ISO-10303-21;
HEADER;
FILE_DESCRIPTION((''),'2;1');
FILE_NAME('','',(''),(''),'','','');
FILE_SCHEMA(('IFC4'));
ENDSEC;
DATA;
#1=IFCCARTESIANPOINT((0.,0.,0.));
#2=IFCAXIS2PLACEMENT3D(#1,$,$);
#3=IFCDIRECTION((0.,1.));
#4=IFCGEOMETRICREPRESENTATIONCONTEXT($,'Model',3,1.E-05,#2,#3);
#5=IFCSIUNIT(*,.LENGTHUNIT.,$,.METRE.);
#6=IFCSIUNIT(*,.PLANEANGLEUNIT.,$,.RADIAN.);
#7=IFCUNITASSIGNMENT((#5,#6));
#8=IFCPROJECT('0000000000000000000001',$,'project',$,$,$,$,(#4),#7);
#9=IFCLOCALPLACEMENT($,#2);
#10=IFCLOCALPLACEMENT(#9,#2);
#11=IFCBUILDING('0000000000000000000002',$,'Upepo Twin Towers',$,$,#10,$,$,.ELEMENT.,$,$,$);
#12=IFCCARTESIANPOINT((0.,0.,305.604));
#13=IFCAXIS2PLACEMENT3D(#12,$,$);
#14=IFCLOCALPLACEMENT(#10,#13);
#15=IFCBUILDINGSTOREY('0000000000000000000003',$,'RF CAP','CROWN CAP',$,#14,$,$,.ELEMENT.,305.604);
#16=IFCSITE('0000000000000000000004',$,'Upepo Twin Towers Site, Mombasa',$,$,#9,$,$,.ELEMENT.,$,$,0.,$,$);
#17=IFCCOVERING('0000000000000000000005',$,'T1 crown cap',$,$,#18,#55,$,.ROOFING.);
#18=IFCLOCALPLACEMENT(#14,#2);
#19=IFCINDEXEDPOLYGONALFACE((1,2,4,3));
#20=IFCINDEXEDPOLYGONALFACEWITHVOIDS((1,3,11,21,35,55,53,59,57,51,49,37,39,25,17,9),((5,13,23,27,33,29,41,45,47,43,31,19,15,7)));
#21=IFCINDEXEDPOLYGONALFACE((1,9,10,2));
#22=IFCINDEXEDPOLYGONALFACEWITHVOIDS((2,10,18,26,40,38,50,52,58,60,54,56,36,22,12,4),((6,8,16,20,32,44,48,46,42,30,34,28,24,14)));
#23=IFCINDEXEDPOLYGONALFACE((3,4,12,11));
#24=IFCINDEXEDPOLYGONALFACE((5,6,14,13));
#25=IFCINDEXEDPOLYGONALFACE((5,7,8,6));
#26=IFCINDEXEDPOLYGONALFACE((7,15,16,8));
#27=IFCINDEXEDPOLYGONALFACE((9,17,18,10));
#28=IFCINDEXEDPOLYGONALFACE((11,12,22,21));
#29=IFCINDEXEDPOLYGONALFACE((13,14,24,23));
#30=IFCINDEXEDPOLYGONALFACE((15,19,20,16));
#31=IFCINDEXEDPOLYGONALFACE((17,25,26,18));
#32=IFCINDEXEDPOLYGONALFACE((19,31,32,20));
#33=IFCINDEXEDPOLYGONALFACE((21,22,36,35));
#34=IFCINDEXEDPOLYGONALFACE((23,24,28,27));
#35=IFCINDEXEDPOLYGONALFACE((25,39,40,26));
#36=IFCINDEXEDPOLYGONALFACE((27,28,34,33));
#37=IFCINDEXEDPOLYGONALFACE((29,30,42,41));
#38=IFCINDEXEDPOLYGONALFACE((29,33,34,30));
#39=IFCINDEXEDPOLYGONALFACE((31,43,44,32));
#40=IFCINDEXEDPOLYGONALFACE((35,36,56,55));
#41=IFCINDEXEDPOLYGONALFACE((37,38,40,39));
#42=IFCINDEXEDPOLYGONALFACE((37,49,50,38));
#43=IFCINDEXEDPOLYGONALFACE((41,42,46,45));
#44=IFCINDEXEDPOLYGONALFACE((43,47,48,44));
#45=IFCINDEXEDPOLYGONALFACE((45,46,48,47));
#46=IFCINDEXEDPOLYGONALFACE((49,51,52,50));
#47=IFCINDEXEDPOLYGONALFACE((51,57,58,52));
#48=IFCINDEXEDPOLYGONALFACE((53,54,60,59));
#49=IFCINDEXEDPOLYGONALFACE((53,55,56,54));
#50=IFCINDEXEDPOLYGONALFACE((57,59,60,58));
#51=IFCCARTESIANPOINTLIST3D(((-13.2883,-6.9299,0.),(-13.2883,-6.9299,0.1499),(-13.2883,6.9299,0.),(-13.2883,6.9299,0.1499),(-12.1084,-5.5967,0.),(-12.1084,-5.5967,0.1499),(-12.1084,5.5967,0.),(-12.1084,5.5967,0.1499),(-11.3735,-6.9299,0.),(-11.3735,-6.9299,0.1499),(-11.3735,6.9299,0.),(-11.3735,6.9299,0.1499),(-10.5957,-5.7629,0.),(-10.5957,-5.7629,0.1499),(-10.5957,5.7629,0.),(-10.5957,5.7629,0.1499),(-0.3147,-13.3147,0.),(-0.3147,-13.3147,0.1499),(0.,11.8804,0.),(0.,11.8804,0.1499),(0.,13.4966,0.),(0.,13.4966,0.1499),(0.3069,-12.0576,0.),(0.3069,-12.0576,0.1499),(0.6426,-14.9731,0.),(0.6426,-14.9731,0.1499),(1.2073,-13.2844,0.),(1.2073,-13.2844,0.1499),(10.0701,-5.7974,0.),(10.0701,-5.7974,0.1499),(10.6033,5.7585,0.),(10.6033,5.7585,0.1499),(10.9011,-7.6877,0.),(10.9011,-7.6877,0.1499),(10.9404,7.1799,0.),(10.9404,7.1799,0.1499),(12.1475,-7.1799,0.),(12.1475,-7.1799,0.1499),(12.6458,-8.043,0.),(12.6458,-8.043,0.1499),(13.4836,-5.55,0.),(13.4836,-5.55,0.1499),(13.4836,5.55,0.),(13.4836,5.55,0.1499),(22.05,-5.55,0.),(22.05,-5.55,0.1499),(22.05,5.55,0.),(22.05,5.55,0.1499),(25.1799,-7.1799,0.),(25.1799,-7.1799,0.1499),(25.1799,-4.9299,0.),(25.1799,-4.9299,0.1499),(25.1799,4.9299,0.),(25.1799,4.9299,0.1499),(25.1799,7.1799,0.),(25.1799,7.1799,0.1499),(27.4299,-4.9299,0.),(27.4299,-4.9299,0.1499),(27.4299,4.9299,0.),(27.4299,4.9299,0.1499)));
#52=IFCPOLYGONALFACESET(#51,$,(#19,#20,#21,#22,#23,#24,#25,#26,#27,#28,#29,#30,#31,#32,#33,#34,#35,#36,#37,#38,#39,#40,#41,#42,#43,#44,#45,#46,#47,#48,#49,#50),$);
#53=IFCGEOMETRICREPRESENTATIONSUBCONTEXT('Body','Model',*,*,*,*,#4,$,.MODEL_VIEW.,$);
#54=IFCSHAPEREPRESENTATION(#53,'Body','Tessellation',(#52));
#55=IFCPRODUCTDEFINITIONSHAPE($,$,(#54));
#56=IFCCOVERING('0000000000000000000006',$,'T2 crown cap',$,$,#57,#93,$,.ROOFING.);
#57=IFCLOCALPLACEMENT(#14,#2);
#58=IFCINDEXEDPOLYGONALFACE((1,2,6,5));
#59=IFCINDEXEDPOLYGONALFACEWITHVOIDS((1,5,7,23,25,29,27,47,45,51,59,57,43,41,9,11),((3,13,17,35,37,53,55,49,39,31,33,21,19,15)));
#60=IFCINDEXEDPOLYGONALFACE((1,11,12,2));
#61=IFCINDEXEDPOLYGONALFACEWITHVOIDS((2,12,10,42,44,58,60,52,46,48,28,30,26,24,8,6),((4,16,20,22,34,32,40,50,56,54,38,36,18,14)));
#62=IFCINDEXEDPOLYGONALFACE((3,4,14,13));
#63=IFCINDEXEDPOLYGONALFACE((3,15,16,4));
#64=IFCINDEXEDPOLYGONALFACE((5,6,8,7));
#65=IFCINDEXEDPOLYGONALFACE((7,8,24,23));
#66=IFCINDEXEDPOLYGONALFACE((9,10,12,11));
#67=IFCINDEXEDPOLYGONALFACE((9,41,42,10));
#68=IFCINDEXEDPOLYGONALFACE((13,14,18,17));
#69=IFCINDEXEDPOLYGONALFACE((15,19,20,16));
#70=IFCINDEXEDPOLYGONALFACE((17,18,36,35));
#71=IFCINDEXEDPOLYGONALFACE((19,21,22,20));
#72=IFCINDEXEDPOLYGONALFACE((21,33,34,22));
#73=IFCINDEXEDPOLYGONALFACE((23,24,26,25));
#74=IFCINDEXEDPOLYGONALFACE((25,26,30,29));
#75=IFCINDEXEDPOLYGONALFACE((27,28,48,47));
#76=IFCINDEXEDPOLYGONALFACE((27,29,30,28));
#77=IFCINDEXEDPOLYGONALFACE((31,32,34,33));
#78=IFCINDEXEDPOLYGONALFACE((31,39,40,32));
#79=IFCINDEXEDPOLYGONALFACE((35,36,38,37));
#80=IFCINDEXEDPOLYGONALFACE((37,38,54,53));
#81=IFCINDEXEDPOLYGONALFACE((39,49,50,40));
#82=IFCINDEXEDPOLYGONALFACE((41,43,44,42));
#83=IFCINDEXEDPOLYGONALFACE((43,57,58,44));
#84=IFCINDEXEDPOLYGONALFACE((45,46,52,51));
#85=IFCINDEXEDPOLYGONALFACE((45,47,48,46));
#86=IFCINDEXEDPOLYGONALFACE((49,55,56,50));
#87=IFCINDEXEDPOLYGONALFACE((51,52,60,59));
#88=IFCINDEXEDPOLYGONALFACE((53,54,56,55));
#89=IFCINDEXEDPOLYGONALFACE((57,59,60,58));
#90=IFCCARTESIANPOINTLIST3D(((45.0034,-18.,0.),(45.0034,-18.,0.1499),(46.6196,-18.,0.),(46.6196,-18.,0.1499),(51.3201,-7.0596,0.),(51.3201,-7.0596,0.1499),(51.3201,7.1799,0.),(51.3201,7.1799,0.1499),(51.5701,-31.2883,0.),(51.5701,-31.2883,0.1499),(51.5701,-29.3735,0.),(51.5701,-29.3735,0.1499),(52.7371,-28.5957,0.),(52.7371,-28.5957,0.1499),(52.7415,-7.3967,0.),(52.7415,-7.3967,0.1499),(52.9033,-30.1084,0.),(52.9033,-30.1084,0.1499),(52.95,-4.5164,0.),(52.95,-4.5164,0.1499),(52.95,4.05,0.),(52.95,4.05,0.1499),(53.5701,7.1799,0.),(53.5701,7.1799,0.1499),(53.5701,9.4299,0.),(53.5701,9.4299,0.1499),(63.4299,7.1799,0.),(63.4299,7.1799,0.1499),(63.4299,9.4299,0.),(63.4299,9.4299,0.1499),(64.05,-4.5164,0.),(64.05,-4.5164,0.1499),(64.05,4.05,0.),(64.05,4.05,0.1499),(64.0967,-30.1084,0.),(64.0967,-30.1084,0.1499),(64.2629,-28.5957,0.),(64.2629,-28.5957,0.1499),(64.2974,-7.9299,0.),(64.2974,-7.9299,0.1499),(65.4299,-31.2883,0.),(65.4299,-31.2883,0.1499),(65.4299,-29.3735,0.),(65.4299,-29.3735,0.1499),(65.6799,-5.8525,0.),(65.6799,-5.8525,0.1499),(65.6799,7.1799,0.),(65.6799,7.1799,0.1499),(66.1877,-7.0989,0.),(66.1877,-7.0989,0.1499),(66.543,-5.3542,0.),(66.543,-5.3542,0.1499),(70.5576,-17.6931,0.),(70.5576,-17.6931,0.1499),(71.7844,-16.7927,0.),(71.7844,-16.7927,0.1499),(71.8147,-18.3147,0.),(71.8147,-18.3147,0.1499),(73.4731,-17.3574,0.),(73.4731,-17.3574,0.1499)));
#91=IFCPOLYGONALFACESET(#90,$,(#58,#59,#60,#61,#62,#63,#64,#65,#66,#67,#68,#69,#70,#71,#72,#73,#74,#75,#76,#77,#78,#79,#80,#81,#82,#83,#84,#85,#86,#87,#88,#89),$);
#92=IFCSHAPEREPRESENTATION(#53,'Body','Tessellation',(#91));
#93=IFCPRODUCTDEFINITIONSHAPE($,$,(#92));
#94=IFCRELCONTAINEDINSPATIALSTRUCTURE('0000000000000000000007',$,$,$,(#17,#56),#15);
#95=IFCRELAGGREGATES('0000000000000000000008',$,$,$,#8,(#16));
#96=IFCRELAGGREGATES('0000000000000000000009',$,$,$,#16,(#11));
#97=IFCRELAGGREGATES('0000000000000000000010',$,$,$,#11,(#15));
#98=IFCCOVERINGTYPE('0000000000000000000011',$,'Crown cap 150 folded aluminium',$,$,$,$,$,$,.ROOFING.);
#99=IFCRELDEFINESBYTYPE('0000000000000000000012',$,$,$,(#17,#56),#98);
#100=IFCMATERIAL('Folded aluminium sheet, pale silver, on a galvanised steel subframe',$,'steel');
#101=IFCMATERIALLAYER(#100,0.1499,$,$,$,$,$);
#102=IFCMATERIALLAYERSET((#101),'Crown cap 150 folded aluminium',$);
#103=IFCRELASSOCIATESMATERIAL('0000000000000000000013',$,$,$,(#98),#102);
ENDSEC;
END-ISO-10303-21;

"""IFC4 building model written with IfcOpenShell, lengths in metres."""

from ifc_helpers import new_model, si_unit, direction, frame, origin, place, context, subcontext, project, spatial, polyline, outline, extrude, material, layer, layer_set, type_object, element, save


model = new_model("IFC4")

# Units and contexts
model_context = context("Model", 3, precision=1e-05, world=origin(), true_north=direction((0.0, 1.0)))
body_context = subcontext(model_context, "Body", "Model", "MODEL_VIEW")
ifc_project = project(units=[si_unit("LENGTHUNIT", "METRE"), si_unit("PLANEANGLEUNIT", "RADIAN")], contexts=[model_context])

# Site, building, storey
site_placement = place(None, origin())
site = spatial("IfcSite", under=ifc_project, at=site_placement, Name="Upepo Twin Towers Site, Mombasa", CompositionType="ELEMENT", RefElevation=0.0)
building_placement = place(site_placement, origin())
building = spatial("IfcBuilding", under=site, at=building_placement, Name="Upepo Twin Towers", CompositionType="ELEMENT")
storey_placement = place(building_placement, frame((0.0, 0.0, 305.604)))
storey = spatial("IfcBuildingStorey", under=building, at=storey_placement, Name="RF CAP", Description="CROWN CAP", CompositionType="ELEMENT", Elevation=305.604)

# Coverings
ifc_material = material(Name="Folded aluminium sheet, pale silver, on a galvanised steel subframe", Category="steel")
ifc_layer = layer(ifc_material, 0.1499)
ifc_layer_set = layer_set([ifc_layer], Name="Crown cap 150 folded aluminium")
covering_type = type_object("IfcCoveringType", Name="Crown cap 150 folded aluminium", PredefinedType="ROOFING", material=ifc_layer_set)
covering_1_placement = place(storey_placement, origin())
element("IfcCovering", 1, at=covering_1_placement, inside=storey, type_object=covering_type, Name="T1 crown cap", PredefinedType="ROOFING", context=body_context, shape_type="SweptSolid", body=[
    extrude(outline(polyline([(12.6458, -8.043), (0.6426, -14.9731), (-0.3147, -13.3147), (-11.3735, -6.9299), (-13.2883, -6.9299), (-13.2883, 6.9299), (-11.3735, 6.9299), (0.0, 13.4966), (10.9404, 7.1799), (25.1799, 7.1799), (25.1799, 4.9299), (27.4299, 4.9299), (27.4299, -4.9299), (25.1799, -4.9299), (25.1799, -7.1799), (12.1475, -7.1799), (12.6458, -8.043)]), holes=[polyline([(10.6033, 5.7585), (13.4836, 5.55), (22.05, 5.55), (22.05, -5.55), (13.4836, -5.55), (10.0701, -5.7974), (10.9011, -7.6877), (1.2073, -13.2844), (0.3069, -12.0576), (-10.5957, -5.7629), (-12.1084, -5.5967), (-12.1084, 5.5967), (-10.5957, 5.7629), (0.0, 11.8804), (10.6033, 5.7585)])]), origin(), (0.0, 0.0, 1.0), 0.1499),
])
covering_2_placement = place(storey_placement, origin())
element("IfcCovering", 2, at=covering_2_placement, inside=storey, type_object=covering_type, Name="T2 crown cap", PredefinedType="ROOFING", context=body_context, shape_type="SweptSolid", body=[
    extrude(outline(polyline([(66.543, -5.3542), (73.4731, -17.3574), (71.8147, -18.3147), (65.4299, -29.3735), (65.4299, -31.2883), (51.5701, -31.2883), (51.5701, -29.3735), (45.0034, -18.0), (51.3201, -7.0596), (51.3201, 7.1799), (53.5701, 7.1799), (53.5701, 9.4299), (63.4299, 9.4299), (63.4299, 7.1799), (65.6799, 7.1799), (65.6799, -5.8525), (66.543, -5.3542)]), holes=[polyline([(52.7415, -7.3967), (52.95, -4.5164), (52.95, 4.05), (64.05, 4.05), (64.05, -4.5164), (64.2974, -7.9299), (66.1877, -7.0989), (71.7844, -16.7927), (70.5576, -17.6931), (64.2629, -28.5957), (64.0967, -30.1084), (52.9033, -30.1084), (52.7371, -28.5957), (46.6196, -18.0), (52.7415, -7.3967)])]), origin(), (0.0, 0.0, 1.0), 0.1499),
])

save(model, "model.ifc")
